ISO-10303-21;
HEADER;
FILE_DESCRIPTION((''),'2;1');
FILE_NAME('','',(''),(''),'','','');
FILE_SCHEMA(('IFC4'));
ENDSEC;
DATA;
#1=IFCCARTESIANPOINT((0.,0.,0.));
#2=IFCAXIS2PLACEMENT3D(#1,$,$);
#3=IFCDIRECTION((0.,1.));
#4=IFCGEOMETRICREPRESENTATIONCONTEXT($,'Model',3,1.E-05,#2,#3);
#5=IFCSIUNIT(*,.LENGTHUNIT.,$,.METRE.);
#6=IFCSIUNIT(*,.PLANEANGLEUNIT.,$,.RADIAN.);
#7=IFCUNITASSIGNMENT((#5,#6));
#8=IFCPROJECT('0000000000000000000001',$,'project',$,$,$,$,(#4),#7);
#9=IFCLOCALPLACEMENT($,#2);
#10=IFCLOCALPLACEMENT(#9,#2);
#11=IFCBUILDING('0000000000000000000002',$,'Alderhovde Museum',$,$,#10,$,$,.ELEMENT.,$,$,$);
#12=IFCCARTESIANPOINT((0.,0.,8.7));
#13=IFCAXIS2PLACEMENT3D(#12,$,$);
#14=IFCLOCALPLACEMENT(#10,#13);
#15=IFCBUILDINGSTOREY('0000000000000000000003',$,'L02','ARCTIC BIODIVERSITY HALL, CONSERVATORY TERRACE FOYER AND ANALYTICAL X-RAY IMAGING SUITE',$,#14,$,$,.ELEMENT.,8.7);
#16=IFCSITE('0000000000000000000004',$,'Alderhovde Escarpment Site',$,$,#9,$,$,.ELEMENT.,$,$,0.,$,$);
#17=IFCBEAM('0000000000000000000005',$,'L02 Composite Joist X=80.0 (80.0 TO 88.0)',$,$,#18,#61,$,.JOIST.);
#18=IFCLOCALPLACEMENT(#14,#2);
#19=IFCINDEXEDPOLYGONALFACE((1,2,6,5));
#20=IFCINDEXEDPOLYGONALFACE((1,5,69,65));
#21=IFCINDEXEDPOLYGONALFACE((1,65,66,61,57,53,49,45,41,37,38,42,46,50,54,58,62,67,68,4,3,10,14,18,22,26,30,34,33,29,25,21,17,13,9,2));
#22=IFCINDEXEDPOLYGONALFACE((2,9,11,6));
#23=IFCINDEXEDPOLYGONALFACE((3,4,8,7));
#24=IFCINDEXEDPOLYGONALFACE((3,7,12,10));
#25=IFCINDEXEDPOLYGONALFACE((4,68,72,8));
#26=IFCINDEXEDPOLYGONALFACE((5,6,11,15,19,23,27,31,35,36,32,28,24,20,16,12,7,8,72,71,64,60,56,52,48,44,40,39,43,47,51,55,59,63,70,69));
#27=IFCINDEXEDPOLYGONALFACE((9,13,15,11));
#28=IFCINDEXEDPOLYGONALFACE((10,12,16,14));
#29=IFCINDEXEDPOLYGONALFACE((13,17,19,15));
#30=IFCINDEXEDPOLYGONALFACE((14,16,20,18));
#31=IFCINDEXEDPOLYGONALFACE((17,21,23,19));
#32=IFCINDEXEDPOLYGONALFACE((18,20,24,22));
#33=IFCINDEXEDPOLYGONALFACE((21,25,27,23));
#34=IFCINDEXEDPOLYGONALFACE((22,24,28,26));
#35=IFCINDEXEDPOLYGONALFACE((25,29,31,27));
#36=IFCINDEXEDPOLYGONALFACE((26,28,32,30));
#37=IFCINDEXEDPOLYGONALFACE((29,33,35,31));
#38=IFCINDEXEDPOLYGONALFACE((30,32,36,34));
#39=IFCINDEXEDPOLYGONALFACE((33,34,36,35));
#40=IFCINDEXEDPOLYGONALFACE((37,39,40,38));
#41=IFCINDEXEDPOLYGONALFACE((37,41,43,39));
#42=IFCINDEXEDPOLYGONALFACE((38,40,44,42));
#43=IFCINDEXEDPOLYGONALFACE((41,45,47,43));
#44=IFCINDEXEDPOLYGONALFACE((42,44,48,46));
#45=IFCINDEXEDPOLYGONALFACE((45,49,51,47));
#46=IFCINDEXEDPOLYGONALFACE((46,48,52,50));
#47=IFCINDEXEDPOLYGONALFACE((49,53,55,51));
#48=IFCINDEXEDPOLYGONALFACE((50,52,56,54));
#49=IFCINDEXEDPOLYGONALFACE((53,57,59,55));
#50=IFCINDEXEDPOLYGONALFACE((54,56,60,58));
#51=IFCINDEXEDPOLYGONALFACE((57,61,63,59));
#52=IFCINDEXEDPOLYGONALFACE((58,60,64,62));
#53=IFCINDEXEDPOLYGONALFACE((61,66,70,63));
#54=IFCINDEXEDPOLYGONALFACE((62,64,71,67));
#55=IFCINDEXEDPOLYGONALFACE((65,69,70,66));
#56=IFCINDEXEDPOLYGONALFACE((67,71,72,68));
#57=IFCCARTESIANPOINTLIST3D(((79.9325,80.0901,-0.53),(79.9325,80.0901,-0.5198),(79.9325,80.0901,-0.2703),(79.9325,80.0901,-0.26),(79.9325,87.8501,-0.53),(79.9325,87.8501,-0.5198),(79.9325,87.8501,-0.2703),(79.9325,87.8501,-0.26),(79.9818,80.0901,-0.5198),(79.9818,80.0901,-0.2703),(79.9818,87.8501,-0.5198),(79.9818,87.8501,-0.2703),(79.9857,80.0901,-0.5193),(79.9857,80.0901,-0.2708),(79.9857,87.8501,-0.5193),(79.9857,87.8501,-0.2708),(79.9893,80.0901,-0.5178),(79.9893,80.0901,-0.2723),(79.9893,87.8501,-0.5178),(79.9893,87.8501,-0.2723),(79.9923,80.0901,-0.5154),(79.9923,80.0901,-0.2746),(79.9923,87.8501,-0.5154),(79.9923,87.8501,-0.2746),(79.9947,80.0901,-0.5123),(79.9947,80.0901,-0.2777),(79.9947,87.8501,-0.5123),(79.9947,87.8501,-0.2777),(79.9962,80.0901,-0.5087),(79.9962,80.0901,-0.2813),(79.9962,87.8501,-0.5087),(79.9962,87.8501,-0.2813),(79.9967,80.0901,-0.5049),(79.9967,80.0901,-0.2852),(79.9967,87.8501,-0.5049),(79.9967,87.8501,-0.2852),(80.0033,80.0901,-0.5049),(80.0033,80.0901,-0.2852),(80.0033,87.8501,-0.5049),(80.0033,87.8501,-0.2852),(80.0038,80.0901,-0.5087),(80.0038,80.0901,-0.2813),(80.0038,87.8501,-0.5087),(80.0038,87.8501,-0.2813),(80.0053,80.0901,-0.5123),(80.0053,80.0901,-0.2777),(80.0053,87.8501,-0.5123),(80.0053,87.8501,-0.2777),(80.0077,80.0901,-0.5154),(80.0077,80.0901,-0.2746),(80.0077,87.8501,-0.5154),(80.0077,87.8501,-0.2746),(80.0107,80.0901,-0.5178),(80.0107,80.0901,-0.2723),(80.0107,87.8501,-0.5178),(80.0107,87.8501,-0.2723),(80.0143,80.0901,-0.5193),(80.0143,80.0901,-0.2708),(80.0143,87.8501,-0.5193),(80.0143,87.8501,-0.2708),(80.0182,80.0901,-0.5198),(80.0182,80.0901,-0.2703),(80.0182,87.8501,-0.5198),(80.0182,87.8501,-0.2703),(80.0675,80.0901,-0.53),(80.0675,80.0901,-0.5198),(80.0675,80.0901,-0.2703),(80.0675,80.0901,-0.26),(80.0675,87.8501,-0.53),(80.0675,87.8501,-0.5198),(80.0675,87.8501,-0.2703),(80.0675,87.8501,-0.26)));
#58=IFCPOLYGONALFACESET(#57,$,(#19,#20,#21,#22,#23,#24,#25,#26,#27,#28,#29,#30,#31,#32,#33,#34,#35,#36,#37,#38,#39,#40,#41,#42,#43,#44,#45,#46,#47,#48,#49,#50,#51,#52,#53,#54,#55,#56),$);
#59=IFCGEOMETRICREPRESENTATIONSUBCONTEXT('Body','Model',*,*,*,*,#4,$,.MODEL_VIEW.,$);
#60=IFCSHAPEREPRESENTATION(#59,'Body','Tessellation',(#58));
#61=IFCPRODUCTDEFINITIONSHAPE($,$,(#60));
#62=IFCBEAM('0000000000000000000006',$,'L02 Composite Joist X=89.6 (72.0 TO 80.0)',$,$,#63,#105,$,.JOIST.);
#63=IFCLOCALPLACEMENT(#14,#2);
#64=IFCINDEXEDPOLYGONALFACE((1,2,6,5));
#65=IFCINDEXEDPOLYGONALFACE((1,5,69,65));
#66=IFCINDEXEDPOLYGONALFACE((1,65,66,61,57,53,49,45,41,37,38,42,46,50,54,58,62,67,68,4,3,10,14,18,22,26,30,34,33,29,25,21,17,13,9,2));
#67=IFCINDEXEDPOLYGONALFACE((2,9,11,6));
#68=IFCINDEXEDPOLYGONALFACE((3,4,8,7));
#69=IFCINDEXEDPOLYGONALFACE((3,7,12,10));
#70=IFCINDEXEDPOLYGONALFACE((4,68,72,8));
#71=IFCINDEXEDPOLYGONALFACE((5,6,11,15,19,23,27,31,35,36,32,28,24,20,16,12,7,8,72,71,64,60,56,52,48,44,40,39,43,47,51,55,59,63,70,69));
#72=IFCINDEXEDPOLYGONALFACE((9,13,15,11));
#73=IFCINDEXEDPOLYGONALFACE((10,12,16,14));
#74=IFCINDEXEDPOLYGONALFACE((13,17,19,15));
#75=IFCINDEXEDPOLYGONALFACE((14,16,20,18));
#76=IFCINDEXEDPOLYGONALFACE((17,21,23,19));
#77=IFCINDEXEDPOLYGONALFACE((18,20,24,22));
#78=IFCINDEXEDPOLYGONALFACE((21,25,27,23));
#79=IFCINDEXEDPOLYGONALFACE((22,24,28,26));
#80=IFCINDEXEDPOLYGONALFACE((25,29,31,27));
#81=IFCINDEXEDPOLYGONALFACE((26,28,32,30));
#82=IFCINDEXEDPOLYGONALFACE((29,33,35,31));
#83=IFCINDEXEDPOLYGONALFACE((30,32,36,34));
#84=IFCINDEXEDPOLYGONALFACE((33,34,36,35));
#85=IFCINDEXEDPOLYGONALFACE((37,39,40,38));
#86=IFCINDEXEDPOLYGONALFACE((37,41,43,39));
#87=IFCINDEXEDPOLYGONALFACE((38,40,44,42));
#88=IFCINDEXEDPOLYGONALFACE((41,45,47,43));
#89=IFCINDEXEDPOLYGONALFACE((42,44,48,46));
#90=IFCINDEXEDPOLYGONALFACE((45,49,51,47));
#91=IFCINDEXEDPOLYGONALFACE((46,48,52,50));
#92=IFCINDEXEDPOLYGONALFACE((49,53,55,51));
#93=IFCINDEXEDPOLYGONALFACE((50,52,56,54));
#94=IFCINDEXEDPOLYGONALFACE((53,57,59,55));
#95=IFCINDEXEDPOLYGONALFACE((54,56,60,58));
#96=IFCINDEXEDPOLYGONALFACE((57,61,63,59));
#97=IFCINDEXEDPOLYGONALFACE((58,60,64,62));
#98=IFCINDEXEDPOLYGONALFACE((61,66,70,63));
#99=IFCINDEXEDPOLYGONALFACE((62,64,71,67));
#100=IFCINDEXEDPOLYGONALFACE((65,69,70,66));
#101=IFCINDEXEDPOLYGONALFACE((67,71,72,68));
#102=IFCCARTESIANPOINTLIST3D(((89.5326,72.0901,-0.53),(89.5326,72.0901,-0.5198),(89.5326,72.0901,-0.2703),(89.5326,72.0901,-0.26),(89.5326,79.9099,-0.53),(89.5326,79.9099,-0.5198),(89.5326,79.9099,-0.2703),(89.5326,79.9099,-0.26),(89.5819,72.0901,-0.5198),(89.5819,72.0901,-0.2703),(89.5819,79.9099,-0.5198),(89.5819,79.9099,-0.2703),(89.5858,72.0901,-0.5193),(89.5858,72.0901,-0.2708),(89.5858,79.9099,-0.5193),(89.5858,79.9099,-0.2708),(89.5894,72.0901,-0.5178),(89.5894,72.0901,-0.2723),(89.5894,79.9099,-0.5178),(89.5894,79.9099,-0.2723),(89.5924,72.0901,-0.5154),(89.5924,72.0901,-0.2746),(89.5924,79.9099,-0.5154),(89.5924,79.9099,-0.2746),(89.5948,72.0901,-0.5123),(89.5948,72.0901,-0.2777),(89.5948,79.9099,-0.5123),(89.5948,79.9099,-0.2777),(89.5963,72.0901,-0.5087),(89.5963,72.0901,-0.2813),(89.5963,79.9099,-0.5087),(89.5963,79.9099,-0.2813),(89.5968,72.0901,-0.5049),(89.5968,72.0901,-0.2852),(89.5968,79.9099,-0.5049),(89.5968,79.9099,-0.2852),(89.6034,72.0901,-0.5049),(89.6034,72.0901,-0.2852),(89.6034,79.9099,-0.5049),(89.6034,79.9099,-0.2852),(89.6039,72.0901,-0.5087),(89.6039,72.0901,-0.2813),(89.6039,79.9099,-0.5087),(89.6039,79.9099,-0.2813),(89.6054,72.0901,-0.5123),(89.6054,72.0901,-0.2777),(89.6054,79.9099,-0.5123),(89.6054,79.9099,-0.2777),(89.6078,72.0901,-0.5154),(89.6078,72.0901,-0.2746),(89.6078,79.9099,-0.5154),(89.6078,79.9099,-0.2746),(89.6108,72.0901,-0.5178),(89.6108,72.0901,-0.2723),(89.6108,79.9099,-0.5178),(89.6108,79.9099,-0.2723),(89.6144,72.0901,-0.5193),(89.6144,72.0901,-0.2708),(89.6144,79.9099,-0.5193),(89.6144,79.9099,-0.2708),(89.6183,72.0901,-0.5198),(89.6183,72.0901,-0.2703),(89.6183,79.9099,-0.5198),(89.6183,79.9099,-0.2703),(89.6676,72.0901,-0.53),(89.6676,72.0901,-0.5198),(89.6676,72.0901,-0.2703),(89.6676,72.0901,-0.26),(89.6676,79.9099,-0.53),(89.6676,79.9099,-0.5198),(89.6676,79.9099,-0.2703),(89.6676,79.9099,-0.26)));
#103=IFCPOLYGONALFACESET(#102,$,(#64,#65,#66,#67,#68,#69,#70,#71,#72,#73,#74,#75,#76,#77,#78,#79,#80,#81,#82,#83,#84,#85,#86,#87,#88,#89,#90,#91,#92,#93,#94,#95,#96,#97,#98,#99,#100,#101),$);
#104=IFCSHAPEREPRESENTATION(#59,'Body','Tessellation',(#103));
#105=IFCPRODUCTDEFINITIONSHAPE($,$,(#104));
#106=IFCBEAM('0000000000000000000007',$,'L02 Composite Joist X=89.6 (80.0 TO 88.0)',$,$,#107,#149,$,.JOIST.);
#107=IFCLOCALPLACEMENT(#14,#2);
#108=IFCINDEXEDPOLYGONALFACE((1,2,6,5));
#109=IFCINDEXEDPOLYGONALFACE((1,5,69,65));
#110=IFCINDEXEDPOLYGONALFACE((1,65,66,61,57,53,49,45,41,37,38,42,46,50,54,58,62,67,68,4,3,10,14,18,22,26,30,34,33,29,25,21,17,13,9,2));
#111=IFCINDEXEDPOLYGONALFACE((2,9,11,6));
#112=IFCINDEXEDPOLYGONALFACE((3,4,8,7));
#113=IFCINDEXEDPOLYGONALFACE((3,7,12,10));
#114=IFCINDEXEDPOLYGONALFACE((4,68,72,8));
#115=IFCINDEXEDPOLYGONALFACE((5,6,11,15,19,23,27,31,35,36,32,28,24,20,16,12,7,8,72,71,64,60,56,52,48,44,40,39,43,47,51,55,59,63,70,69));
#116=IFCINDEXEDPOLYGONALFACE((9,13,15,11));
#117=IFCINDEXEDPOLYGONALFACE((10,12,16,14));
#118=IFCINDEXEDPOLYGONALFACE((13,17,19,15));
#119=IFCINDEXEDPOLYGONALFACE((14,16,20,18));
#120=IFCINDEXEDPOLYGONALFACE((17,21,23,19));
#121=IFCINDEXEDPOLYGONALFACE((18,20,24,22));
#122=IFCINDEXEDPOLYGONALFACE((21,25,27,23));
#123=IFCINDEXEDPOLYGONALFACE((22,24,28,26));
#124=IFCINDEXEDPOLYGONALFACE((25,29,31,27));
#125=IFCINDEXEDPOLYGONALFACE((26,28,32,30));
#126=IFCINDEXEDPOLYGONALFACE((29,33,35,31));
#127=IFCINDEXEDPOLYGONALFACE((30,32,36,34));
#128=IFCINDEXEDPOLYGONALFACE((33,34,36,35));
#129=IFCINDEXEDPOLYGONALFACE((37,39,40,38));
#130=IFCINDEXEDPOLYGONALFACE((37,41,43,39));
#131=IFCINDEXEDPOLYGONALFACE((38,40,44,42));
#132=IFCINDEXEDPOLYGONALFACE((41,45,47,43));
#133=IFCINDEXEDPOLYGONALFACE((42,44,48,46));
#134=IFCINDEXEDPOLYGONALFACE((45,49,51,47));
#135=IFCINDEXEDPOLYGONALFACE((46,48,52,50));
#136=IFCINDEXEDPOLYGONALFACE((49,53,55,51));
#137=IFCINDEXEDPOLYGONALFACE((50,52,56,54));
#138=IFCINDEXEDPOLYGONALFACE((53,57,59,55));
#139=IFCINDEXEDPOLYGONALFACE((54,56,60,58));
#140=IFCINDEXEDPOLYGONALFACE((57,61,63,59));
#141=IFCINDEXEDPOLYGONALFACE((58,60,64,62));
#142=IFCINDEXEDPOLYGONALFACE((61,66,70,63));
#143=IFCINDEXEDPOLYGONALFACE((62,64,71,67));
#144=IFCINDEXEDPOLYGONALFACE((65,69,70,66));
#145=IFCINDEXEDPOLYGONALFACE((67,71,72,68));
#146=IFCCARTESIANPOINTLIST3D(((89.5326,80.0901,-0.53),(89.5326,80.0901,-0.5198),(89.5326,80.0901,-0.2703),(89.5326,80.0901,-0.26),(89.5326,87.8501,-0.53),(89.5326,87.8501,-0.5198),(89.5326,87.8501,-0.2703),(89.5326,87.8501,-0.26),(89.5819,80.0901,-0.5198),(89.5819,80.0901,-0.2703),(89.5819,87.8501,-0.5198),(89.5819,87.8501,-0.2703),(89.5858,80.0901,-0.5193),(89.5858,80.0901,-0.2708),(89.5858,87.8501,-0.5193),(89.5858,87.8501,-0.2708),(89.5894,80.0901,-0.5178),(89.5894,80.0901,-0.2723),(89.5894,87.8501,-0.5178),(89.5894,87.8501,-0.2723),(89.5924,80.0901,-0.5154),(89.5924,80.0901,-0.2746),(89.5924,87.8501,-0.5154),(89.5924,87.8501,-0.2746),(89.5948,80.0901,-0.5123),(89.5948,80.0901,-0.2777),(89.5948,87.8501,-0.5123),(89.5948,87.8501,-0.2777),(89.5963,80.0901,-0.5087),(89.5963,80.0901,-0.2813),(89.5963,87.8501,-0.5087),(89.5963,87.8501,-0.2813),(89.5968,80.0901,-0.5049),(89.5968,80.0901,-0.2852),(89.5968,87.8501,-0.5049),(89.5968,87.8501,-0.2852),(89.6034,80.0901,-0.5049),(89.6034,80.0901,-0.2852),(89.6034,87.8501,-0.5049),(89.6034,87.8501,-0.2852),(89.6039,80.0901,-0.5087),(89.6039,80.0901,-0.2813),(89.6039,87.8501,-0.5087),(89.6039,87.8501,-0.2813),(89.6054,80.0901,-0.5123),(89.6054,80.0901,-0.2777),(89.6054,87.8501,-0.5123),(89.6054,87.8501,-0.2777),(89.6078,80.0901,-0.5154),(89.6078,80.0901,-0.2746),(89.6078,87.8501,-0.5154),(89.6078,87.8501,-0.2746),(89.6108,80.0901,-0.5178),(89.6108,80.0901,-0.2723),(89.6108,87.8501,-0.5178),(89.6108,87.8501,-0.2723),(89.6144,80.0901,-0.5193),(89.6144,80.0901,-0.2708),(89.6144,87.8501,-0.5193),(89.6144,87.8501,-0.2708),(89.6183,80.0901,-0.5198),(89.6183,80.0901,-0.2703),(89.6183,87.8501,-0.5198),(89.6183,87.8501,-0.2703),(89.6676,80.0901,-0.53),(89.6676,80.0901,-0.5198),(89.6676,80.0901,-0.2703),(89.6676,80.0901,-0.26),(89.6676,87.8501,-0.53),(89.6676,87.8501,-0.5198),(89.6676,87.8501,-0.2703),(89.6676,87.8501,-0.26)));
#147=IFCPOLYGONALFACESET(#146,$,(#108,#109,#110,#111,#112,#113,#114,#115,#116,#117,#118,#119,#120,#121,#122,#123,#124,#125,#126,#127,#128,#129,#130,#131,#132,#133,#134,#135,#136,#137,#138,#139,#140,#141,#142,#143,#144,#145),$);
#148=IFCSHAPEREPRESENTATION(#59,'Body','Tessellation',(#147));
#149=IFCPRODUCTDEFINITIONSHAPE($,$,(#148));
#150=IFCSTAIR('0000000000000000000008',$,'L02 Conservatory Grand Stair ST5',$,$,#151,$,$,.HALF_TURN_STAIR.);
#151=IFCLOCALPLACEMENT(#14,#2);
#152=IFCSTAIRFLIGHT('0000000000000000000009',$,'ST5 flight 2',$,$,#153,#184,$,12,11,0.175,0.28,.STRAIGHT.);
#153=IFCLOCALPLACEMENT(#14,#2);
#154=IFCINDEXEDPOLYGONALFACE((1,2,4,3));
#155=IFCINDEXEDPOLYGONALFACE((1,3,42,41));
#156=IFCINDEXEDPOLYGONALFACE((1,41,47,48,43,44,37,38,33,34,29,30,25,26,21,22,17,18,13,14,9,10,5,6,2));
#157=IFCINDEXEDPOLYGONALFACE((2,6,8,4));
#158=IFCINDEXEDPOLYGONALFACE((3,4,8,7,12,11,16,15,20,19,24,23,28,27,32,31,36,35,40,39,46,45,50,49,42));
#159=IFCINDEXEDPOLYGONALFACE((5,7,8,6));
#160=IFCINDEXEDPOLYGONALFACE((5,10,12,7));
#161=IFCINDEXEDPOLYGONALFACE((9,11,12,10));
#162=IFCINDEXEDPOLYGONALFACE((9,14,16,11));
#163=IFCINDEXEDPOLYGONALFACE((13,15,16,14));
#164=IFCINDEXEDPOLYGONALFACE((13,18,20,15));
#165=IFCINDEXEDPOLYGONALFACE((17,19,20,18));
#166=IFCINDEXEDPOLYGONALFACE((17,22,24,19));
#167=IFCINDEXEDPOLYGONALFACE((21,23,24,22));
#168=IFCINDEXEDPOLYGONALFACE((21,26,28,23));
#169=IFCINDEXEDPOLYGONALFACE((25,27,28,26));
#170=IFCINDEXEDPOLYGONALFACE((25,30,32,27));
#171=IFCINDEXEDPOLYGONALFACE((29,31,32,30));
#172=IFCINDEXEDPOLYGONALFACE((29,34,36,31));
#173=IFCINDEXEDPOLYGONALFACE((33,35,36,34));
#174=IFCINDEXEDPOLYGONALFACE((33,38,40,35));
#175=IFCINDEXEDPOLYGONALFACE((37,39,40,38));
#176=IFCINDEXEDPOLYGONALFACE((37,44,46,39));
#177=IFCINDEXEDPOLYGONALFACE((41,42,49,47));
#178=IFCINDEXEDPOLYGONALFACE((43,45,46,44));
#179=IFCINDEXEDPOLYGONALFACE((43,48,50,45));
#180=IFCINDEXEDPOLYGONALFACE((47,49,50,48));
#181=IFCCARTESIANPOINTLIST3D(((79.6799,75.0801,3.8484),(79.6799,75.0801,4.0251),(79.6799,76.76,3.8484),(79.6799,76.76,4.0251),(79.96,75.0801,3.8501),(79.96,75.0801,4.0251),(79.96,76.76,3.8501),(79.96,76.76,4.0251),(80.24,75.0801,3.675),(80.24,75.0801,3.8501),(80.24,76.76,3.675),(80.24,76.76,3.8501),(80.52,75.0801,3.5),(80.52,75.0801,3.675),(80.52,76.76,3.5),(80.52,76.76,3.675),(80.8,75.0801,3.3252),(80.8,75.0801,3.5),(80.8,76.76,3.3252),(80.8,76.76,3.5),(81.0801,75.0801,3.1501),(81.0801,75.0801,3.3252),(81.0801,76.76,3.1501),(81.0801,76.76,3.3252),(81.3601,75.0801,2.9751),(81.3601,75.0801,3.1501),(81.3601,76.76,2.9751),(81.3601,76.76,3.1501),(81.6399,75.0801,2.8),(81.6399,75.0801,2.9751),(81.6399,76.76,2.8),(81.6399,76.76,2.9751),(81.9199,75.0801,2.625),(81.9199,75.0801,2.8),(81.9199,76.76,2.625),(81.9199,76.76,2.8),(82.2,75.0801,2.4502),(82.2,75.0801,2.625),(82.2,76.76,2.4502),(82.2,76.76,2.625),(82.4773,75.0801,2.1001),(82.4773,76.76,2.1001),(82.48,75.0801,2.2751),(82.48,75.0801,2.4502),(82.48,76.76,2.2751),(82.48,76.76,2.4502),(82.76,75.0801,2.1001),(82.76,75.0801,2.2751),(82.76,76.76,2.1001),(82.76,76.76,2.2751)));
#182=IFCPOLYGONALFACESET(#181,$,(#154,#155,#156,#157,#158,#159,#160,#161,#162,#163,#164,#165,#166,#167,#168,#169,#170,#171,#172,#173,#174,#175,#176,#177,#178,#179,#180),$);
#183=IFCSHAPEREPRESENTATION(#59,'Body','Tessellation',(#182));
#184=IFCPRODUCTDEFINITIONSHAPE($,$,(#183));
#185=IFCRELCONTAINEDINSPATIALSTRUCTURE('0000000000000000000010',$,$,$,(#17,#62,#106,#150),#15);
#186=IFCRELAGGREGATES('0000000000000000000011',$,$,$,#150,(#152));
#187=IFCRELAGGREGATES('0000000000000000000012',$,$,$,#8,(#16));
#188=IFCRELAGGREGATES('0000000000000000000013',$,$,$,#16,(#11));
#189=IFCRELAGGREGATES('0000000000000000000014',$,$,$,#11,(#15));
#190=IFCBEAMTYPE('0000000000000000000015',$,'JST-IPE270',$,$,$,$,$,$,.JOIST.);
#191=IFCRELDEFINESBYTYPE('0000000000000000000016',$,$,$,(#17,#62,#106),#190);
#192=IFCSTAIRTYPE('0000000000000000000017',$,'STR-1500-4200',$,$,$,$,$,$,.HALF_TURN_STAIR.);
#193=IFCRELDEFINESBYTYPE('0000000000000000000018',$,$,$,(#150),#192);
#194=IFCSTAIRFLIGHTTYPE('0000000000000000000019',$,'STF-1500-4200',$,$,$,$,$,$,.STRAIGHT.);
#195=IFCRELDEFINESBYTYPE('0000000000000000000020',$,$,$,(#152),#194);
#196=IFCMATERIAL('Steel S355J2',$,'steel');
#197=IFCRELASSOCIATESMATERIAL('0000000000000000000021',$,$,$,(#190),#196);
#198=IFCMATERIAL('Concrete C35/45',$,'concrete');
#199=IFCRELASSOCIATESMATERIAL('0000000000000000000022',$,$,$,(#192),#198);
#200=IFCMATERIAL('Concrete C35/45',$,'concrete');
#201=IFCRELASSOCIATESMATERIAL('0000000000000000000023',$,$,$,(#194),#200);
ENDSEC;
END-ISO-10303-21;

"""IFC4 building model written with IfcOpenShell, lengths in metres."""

from ifc_helpers import new_model, si_unit, direction, frame, origin, origin_2d, place, context, subcontext, project, spatial, polyline, i_section, outline, extrude, material, material_profile, profile_set, type_object, element, aggregate, save


model = new_model("IFC4")

# Units and contexts
model_context = context("Model", 3, precision=1e-05, world=origin(), true_north=direction((0.0, 1.0)))
body_context = subcontext(model_context, "Body", "Model", "MODEL_VIEW")
ifc_project = project(units=[si_unit("LENGTHUNIT", "METRE"), si_unit("PLANEANGLEUNIT", "RADIAN")], contexts=[model_context])

# Site, building, storey
site_placement = place(None, origin())
site = spatial("IfcSite", under=ifc_project, at=site_placement, Name="Alderhovde Escarpment Site", CompositionType="ELEMENT", RefElevation=0.0)
building_placement = place(site_placement, origin())
building = spatial("IfcBuilding", under=site, at=building_placement, Name="Alderhovde Museum", CompositionType="ELEMENT")
storey_placement = place(building_placement, frame((0.0, 0.0, 8.7)))
storey = spatial("IfcBuildingStorey", under=building, at=storey_placement, Name="L02", Description="ARCTIC BIODIVERSITY HALL, CONSERVATORY TERRACE FOYER AND ANALYTICAL X-RAY IMAGING SUITE", CompositionType="ELEMENT", Elevation=8.7)

# Beams
ifc_material_1 = material(Name="Steel S355J2", Category="steel")
ifc_material_profile_1 = material_profile(ifc_material_1, i_section(OverallWidth=0.135, OverallDepth=0.27, WebThickness=0.0066, FlangeThickness=0.0103, FilletRadius=0.0149, at=origin_2d()), Name="IPE 270")
ifc_profile_set_1 = profile_set([ifc_material_profile_1], Name="Steel S355J2")
beam_type_1 = type_object("IfcBeamType", Name="JST-IPE270", PredefinedType="JOIST", material=ifc_profile_set_1)
beam_1_placement = place(storey_placement, frame((80.0, 80.0901, -0.395), z_axis=(0.0, 1.0, 0.0), x_axis=(-1.0, 0.0, 0.0)))
element("IfcBeam", 1, at=beam_1_placement, inside=storey, type_object=beam_type_1, Name="L02 Composite Joist X=80.0 (80.0 TO 88.0)", PredefinedType="JOIST", context=body_context, shape_type="SweptSolid", body=[
    extrude(i_section(OverallWidth=0.135, OverallDepth=0.27, WebThickness=0.0066, FlangeThickness=0.0103, FilletRadius=0.0149, at=origin_2d()), origin(), (0.0, 0.0, 1.0), 7.76),
])
beam_2_placement = place(storey_placement, frame((89.6001, 72.0901, -0.395), z_axis=(0.0, 1.0, 0.0), x_axis=(-1.0, 0.0, 0.0)))
element("IfcBeam", 2, at=beam_2_placement, inside=storey, type_object=beam_type_1, Name="L02 Composite Joist X=89.6 (72.0 TO 80.0)", PredefinedType="JOIST", context=body_context, shape_type="SweptSolid", body=[
    extrude(i_section(OverallWidth=0.135, OverallDepth=0.27, WebThickness=0.0066, FlangeThickness=0.0103, FilletRadius=0.0149, at=origin_2d()), origin(), (0.0, 0.0, 1.0), 7.8198),
])
beam_3_placement = place(storey_placement, frame((89.6001, 80.0901, -0.395), z_axis=(0.0, 1.0, 0.0), x_axis=(-1.0, 0.0, 0.0)))
element("IfcBeam", 3, at=beam_3_placement, inside=storey, type_object=beam_type_1, Name="L02 Composite Joist X=89.6 (80.0 TO 88.0)", PredefinedType="JOIST", context=body_context, shape_type="SweptSolid", body=[
    extrude(i_section(OverallWidth=0.135, OverallDepth=0.27, WebThickness=0.0066, FlangeThickness=0.0103, FilletRadius=0.0149, at=origin_2d()), origin(), (0.0, 0.0, 1.0), 7.76),
])

# Stair, stair flight
ifc_material_2 = material(Name="Concrete C35/45", Category="concrete")
stair_type = type_object("IfcStairType", Name="STR-1500-4200", PredefinedType="HALF_TURN_STAIR", material=ifc_material_2)
stair_placement = place(storey_placement, origin())
stair = element("IfcStair", 4, at=stair_placement, inside=storey, type_object=stair_type, Name="L02 Conservatory Grand Stair ST5", PredefinedType="HALF_TURN_STAIR")
ifc_material_3 = material(Name="Concrete C35/45", Category="concrete")
stair_flight_type = type_object("IfcStairFlightType", Name="STF-1500-4200", PredefinedType="STRAIGHT", material=ifc_material_3)
stair_flight_placement = place(storey_placement, frame((82.76, 75.9199, 2.1001), z_axis=(0.0, 0.0, 1.0), x_axis=(-1.0, 0.0, 0.0)))
stair_flight = element("IfcStairFlight", 5, at=stair_flight_placement, type_object=stair_flight_type, Name="ST5 flight 2", NumberOfRisers=12, NumberOfTreads=11, PredefinedType="STRAIGHT", RiserHeight=0.175, TreadLength=0.28, context=body_context, shape_type="SweptSolid", body=[
    extrude(outline(polyline([(0.0, 0.0), (0.0, 0.175), (0.28, 0.175), (0.28, 0.3501), (0.5601, 0.3501), (0.5601, 0.5249), (0.8401, 0.5249), (0.8401, 0.7), (1.1201, 0.7), (1.1201, 0.875), (1.3999, 0.875), (1.3999, 1.05), (1.6799, 1.05), (1.6799, 1.2251), (1.96, 1.2251), (1.96, 1.3999), (2.24, 1.3999), (2.24, 1.575), (2.52, 1.575), (2.52, 1.75), (2.8, 1.75), (2.8, 1.925), (3.0801, 1.925), (3.0801, 2.1001), (3.0801, 1.7483), (0.2827, 0.0), (0.0, 0.0)])), frame((0.0, 0.8398, 0.0), z_axis=(0.0, -1.0, 0.0), x_axis=(1.0, 0.0, 0.0)), (0.0, 0.0, 1.0), 1.6799),
])
aggregate(stair, [stair_flight])

save(model, "model.ifc")
